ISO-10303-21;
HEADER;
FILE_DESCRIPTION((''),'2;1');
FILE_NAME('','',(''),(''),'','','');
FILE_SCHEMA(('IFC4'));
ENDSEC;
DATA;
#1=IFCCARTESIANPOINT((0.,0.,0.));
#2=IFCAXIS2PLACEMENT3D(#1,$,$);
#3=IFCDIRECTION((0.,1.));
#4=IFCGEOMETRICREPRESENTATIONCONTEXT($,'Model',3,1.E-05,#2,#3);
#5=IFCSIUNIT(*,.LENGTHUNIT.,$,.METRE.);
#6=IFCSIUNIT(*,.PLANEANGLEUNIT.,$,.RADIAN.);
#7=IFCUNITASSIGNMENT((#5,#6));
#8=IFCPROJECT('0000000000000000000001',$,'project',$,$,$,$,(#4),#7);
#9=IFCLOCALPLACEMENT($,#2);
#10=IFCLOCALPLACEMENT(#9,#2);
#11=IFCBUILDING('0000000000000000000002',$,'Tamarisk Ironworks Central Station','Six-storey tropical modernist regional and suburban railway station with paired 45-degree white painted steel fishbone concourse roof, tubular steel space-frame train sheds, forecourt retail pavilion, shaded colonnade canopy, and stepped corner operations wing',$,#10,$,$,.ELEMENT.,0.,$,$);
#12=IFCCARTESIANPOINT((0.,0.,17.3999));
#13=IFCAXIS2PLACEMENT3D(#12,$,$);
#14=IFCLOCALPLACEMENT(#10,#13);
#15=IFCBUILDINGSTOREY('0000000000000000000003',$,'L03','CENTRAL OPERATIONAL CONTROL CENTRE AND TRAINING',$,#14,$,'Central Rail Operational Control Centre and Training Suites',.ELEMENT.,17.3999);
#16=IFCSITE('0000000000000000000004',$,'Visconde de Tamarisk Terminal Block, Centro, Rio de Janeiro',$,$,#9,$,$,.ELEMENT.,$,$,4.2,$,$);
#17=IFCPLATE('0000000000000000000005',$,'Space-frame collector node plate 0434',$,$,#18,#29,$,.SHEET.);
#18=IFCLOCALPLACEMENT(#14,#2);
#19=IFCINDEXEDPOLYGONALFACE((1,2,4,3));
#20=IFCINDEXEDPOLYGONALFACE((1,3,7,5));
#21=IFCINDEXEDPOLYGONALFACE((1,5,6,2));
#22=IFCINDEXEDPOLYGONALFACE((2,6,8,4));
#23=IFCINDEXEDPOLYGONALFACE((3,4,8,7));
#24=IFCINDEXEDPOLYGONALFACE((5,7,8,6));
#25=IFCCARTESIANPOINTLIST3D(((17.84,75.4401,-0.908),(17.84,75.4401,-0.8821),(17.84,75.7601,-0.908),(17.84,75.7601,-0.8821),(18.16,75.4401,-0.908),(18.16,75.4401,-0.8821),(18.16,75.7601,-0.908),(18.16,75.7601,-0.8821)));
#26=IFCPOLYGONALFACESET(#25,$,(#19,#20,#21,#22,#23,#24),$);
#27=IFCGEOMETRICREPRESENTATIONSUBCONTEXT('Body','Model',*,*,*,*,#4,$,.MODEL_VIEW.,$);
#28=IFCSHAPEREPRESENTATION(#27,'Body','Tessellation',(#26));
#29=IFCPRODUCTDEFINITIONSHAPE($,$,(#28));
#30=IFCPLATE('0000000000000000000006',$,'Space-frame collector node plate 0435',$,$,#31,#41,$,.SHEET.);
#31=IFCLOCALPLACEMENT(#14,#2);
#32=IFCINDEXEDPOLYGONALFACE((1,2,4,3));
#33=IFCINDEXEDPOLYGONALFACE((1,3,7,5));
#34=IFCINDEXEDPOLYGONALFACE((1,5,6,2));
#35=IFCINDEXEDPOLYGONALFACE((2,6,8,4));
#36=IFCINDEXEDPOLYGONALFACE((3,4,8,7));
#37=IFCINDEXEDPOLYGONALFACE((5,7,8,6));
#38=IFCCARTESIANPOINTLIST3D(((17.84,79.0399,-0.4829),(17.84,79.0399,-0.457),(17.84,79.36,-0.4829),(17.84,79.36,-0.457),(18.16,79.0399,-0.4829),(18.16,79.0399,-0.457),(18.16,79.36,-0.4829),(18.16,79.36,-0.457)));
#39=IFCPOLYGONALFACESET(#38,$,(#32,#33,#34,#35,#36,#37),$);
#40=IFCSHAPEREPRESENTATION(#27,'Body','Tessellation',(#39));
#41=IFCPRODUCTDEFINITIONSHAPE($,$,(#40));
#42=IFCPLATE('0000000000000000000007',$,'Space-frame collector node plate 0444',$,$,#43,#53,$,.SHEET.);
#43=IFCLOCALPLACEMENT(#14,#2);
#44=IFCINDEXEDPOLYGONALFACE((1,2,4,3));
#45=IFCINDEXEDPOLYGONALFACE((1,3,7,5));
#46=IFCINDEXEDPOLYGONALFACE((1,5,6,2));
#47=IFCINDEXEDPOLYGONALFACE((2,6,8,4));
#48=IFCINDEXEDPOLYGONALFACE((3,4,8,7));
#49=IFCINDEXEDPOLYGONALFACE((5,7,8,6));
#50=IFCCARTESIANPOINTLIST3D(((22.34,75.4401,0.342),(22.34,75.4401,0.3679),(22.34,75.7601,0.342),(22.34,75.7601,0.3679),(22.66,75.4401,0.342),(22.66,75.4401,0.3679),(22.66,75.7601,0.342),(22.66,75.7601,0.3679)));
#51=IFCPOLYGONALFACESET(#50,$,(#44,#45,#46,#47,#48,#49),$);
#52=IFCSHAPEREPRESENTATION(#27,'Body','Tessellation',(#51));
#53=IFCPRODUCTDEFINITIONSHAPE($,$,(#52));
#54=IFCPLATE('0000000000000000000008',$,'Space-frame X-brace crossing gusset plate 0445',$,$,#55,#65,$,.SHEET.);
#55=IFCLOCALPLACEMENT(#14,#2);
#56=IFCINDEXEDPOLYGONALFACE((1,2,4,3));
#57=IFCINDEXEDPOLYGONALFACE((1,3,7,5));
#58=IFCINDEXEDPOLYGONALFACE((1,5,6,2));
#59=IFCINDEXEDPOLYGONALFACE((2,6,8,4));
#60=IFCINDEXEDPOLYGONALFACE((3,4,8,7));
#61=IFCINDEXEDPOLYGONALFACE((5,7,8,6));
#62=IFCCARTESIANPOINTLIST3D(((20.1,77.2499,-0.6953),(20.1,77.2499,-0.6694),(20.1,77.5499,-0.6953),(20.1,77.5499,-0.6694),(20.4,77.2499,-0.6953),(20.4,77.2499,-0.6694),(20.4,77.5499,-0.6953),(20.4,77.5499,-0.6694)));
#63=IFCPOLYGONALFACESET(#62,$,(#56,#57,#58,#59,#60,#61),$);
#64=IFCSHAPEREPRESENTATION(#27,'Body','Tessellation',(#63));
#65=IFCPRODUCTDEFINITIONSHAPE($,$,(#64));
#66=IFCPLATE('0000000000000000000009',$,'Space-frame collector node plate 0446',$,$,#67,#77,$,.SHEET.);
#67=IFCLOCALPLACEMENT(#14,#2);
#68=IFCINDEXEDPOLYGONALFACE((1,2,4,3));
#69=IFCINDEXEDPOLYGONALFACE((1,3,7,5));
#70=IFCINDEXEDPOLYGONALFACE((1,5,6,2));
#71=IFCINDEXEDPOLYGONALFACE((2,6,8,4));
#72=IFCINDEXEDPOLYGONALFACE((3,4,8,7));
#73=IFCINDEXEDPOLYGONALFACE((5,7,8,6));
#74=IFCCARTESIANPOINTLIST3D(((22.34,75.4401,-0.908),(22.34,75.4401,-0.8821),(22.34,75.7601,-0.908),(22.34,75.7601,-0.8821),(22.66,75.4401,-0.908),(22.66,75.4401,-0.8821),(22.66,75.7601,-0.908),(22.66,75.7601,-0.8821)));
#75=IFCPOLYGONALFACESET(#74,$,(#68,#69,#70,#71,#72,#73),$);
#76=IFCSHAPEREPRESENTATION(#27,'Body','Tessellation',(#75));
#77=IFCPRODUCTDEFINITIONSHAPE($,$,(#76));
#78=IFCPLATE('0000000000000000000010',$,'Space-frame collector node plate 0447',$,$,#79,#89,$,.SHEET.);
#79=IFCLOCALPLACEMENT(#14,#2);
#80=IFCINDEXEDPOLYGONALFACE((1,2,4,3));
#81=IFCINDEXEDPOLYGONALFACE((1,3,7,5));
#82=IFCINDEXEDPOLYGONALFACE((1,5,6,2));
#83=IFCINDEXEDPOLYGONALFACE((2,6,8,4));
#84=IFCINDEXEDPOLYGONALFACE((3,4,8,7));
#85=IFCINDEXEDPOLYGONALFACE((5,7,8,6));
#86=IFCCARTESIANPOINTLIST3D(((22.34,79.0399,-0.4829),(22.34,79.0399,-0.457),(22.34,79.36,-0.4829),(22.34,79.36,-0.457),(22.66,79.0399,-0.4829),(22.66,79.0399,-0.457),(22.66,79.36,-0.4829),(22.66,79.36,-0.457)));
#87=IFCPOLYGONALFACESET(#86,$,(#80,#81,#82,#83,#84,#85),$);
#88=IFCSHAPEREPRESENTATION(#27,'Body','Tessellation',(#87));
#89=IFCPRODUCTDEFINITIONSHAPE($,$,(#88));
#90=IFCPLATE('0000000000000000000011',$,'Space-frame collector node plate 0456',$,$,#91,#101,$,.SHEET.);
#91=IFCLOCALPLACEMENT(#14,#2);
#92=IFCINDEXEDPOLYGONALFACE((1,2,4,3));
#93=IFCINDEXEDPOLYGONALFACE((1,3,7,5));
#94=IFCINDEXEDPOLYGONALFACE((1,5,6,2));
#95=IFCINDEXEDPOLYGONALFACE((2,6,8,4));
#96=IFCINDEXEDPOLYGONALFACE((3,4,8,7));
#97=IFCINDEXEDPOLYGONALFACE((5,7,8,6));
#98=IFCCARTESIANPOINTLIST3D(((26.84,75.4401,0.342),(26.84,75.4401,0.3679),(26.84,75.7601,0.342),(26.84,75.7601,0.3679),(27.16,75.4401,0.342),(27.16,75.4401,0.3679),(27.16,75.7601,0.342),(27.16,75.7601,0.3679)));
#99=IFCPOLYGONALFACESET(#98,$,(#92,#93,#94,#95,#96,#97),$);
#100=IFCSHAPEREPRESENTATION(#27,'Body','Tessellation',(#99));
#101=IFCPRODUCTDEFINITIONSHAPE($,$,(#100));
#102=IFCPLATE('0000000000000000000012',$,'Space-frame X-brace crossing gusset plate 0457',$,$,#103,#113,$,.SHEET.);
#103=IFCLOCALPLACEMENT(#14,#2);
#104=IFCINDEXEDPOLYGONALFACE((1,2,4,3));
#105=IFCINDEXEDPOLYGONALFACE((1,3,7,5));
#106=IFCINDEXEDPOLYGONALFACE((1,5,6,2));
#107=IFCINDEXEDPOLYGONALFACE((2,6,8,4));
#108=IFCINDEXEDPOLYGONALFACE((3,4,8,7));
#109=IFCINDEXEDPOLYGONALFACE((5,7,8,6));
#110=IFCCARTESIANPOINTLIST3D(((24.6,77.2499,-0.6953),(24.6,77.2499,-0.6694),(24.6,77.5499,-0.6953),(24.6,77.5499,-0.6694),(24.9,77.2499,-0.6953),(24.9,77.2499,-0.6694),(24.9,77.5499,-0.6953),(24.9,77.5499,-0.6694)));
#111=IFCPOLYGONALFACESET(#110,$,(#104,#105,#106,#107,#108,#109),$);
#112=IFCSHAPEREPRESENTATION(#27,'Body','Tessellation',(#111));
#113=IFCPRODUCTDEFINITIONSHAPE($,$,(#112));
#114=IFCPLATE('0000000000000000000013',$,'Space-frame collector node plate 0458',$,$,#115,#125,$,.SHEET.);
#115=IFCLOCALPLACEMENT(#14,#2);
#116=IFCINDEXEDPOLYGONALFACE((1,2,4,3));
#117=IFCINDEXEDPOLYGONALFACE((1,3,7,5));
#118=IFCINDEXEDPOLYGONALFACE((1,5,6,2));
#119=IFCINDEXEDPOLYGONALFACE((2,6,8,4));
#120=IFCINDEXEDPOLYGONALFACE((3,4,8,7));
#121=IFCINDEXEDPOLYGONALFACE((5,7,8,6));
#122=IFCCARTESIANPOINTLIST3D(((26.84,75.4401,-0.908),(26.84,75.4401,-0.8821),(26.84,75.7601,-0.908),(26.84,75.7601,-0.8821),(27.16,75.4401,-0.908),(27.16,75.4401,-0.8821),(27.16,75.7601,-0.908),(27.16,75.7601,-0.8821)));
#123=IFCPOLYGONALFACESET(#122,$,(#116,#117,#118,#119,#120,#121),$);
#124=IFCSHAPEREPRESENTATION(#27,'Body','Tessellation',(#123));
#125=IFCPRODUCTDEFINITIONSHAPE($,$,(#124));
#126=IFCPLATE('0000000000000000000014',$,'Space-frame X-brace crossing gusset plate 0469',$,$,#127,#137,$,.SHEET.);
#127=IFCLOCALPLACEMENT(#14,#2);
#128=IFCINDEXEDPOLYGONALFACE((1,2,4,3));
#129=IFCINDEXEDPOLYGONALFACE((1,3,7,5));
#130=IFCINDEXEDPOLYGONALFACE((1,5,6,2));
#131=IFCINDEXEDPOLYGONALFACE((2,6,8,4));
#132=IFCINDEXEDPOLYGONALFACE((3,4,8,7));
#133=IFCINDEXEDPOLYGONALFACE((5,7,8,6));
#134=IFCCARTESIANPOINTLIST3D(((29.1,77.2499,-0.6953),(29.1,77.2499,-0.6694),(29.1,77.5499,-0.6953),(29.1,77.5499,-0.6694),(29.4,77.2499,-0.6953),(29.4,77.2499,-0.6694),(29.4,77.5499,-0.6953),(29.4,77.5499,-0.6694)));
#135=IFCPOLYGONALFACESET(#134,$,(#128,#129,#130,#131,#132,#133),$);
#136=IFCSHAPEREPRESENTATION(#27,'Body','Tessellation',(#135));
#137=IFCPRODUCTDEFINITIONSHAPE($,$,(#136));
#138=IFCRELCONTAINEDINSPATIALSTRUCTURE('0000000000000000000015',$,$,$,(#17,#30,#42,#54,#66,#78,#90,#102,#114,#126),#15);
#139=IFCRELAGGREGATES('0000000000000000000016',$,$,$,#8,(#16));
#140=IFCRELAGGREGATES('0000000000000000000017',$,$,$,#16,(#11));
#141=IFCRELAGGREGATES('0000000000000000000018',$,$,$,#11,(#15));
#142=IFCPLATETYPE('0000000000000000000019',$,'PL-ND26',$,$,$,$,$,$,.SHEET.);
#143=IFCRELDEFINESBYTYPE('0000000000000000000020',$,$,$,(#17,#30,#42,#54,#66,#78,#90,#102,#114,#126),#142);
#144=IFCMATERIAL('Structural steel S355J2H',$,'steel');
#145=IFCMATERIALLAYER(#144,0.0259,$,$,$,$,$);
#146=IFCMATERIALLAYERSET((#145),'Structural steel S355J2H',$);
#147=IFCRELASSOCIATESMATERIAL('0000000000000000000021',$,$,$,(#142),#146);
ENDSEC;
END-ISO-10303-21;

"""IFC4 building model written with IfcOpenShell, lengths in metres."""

from ifc_helpers import new_model, si_unit, direction, frame, origin, origin_2d, place, context, subcontext, project, spatial, rectangle, extrude, material, layer, layer_set, type_object, element, save


model = new_model("IFC4")

# Units and contexts
model_context = context("Model", 3, precision=1e-05, world=origin(), true_north=direction((0.0, 1.0)))
body_context = subcontext(model_context, "Body", "Model", "MODEL_VIEW")
ifc_project = project(units=[si_unit("LENGTHUNIT", "METRE"), si_unit("PLANEANGLEUNIT", "RADIAN")], contexts=[model_context])

# Site, building, storey
site_placement = place(None, origin())
site = spatial("IfcSite", under=ifc_project, at=site_placement, Name="Visconde de Tamarisk Terminal Block, Centro, Rio de Janeiro", CompositionType="ELEMENT", RefElevation=4.2)
building_placement = place(site_placement, origin())
building = spatial("IfcBuilding", under=site, at=building_placement, Name="Tamarisk Ironworks Central Station", Description="Six-storey tropical modernist regional and suburban railway station with paired 45-degree white painted steel fishbone concourse roof, tubular steel space-frame train sheds, forecourt retail pavilion, shaded colonnade canopy, and stepped corner operations wing", CompositionType="ELEMENT", ElevationOfRefHeight=0.0)
storey_placement = place(building_placement, frame((0.0, 0.0, 17.3999)))
storey = spatial("IfcBuildingStorey", under=building, at=storey_placement, Name="L03", Description="CENTRAL OPERATIONAL CONTROL CENTRE AND TRAINING", LongName="Central Rail Operational Control Centre and Training Suites", CompositionType="ELEMENT", Elevation=17.3999)

# Shared definitions
ifc_material_1 = material(Name="Structural steel S355J2H", Category="steel")

# Plates
ifc_layer_1 = layer(ifc_material_1, 0.0259)
ifc_layer_set_1 = layer_set([ifc_layer_1], Name="Structural steel S355J2H")
plate_type_1 = type_object("IfcPlateType", Name="PL-ND26", PredefinedType="SHEET", material=ifc_layer_set_1)
for number, where, z_axis, x_axis, name in (
    (1, (18.0, 75.6001, -0.908), (0.0, 0.0, 1.0), (1.0, 0.0, 0.0), "Space-frame collector node plate 0434"),
    (2, (18.0, 79.2, -0.4829), (0.0, 0.0, 1.0), (1.0, 0.0, 0.0), "Space-frame collector node plate 0435"),
    (3, (22.5, 75.6001, 0.342), (0.0, 0.0, 1.0), (1.0, 0.0, 0.0), "Space-frame collector node plate 0444"),
):
    element("IfcPlate", number, at=place(storey_placement, frame(where, z_axis=z_axis, x_axis=x_axis)), inside=storey, type_object=plate_type_1, Name=name, PredefinedType="SHEET", context=body_context, shape_type="SweptSolid", body=[
        extrude(rectangle(XDim=0.3201, YDim=0.3201, at=origin_2d()), origin(), (0.0, 0.0, 1.0), 0.0259),
    ])
plate_1_placement = place(storey_placement, frame((20.25, 77.3999, -0.6953), z_axis=(0.0, 0.0, 1.0), x_axis=(1.0, 0.0, 0.0)))
element("IfcPlate", 4, at=plate_1_placement, inside=storey, type_object=plate_type_1, Name="Space-frame X-brace crossing gusset plate 0445", PredefinedType="SHEET", context=body_context, shape_type="SweptSolid", body=[
    extrude(rectangle(XDim=0.3, YDim=0.3, at=origin_2d()), origin(), (0.0, 0.0, 1.0), 0.0259),
])
for number, where, z_axis, x_axis, name in (
    (5, (22.5, 75.6001, -0.908), (0.0, 0.0, 1.0), (1.0, 0.0, 0.0), "Space-frame collector node plate 0446"),
    (6, (22.5, 79.2, -0.4829), (0.0, 0.0, 1.0), (1.0, 0.0, 0.0), "Space-frame collector node plate 0447"),
    (7, (27.0, 75.6001, 0.342), (0.0, 0.0, 1.0), (1.0, 0.0, 0.0), "Space-frame collector node plate 0456"),
):
    element("IfcPlate", number, at=place(storey_placement, frame(where, z_axis=z_axis, x_axis=x_axis)), inside=storey, type_object=plate_type_1, Name=name, PredefinedType="SHEET", context=body_context, shape_type="SweptSolid", body=[
        extrude(rectangle(XDim=0.3201, YDim=0.3201, at=origin_2d()), origin(), (0.0, 0.0, 1.0), 0.0259),
    ])
plate_2_placement = place(storey_placement, frame((24.75, 77.3999, -0.6953), z_axis=(0.0, 0.0, 1.0), x_axis=(1.0, 0.0, 0.0)))
element("IfcPlate", 8, at=plate_2_placement, inside=storey, type_object=plate_type_1, Name="Space-frame X-brace crossing gusset plate 0457", PredefinedType="SHEET", context=body_context, shape_type="SweptSolid", body=[
    extrude(rectangle(XDim=0.3, YDim=0.3, at=origin_2d()), origin(), (0.0, 0.0, 1.0), 0.0259),
])
plate_3_placement = place(storey_placement, frame((27.0, 75.6001, -0.908), z_axis=(0.0, 0.0, 1.0), x_axis=(1.0, 0.0, 0.0)))
element("IfcPlate", 9, at=plate_3_placement, inside=storey, type_object=plate_type_1, Name="Space-frame collector node plate 0458", PredefinedType="SHEET", context=body_context, shape_type="SweptSolid", body=[
    extrude(rectangle(XDim=0.3201, YDim=0.3201, at=origin_2d()), origin(), (0.0, 0.0, 1.0), 0.0259),
])
plate_4_placement = place(storey_placement, frame((29.25, 77.3999, -0.6953), z_axis=(0.0, 0.0, 1.0), x_axis=(1.0, 0.0, 0.0)))
element("IfcPlate", 10, at=plate_4_placement, inside=storey, type_object=plate_type_1, Name="Space-frame X-brace crossing gusset plate 0469", PredefinedType="SHEET", context=body_context, shape_type="SweptSolid", body=[
    extrude(rectangle(XDim=0.3, YDim=0.3, at=origin_2d()), origin(), (0.0, 0.0, 1.0), 0.0259),
])

save(model, "model.ifc")
